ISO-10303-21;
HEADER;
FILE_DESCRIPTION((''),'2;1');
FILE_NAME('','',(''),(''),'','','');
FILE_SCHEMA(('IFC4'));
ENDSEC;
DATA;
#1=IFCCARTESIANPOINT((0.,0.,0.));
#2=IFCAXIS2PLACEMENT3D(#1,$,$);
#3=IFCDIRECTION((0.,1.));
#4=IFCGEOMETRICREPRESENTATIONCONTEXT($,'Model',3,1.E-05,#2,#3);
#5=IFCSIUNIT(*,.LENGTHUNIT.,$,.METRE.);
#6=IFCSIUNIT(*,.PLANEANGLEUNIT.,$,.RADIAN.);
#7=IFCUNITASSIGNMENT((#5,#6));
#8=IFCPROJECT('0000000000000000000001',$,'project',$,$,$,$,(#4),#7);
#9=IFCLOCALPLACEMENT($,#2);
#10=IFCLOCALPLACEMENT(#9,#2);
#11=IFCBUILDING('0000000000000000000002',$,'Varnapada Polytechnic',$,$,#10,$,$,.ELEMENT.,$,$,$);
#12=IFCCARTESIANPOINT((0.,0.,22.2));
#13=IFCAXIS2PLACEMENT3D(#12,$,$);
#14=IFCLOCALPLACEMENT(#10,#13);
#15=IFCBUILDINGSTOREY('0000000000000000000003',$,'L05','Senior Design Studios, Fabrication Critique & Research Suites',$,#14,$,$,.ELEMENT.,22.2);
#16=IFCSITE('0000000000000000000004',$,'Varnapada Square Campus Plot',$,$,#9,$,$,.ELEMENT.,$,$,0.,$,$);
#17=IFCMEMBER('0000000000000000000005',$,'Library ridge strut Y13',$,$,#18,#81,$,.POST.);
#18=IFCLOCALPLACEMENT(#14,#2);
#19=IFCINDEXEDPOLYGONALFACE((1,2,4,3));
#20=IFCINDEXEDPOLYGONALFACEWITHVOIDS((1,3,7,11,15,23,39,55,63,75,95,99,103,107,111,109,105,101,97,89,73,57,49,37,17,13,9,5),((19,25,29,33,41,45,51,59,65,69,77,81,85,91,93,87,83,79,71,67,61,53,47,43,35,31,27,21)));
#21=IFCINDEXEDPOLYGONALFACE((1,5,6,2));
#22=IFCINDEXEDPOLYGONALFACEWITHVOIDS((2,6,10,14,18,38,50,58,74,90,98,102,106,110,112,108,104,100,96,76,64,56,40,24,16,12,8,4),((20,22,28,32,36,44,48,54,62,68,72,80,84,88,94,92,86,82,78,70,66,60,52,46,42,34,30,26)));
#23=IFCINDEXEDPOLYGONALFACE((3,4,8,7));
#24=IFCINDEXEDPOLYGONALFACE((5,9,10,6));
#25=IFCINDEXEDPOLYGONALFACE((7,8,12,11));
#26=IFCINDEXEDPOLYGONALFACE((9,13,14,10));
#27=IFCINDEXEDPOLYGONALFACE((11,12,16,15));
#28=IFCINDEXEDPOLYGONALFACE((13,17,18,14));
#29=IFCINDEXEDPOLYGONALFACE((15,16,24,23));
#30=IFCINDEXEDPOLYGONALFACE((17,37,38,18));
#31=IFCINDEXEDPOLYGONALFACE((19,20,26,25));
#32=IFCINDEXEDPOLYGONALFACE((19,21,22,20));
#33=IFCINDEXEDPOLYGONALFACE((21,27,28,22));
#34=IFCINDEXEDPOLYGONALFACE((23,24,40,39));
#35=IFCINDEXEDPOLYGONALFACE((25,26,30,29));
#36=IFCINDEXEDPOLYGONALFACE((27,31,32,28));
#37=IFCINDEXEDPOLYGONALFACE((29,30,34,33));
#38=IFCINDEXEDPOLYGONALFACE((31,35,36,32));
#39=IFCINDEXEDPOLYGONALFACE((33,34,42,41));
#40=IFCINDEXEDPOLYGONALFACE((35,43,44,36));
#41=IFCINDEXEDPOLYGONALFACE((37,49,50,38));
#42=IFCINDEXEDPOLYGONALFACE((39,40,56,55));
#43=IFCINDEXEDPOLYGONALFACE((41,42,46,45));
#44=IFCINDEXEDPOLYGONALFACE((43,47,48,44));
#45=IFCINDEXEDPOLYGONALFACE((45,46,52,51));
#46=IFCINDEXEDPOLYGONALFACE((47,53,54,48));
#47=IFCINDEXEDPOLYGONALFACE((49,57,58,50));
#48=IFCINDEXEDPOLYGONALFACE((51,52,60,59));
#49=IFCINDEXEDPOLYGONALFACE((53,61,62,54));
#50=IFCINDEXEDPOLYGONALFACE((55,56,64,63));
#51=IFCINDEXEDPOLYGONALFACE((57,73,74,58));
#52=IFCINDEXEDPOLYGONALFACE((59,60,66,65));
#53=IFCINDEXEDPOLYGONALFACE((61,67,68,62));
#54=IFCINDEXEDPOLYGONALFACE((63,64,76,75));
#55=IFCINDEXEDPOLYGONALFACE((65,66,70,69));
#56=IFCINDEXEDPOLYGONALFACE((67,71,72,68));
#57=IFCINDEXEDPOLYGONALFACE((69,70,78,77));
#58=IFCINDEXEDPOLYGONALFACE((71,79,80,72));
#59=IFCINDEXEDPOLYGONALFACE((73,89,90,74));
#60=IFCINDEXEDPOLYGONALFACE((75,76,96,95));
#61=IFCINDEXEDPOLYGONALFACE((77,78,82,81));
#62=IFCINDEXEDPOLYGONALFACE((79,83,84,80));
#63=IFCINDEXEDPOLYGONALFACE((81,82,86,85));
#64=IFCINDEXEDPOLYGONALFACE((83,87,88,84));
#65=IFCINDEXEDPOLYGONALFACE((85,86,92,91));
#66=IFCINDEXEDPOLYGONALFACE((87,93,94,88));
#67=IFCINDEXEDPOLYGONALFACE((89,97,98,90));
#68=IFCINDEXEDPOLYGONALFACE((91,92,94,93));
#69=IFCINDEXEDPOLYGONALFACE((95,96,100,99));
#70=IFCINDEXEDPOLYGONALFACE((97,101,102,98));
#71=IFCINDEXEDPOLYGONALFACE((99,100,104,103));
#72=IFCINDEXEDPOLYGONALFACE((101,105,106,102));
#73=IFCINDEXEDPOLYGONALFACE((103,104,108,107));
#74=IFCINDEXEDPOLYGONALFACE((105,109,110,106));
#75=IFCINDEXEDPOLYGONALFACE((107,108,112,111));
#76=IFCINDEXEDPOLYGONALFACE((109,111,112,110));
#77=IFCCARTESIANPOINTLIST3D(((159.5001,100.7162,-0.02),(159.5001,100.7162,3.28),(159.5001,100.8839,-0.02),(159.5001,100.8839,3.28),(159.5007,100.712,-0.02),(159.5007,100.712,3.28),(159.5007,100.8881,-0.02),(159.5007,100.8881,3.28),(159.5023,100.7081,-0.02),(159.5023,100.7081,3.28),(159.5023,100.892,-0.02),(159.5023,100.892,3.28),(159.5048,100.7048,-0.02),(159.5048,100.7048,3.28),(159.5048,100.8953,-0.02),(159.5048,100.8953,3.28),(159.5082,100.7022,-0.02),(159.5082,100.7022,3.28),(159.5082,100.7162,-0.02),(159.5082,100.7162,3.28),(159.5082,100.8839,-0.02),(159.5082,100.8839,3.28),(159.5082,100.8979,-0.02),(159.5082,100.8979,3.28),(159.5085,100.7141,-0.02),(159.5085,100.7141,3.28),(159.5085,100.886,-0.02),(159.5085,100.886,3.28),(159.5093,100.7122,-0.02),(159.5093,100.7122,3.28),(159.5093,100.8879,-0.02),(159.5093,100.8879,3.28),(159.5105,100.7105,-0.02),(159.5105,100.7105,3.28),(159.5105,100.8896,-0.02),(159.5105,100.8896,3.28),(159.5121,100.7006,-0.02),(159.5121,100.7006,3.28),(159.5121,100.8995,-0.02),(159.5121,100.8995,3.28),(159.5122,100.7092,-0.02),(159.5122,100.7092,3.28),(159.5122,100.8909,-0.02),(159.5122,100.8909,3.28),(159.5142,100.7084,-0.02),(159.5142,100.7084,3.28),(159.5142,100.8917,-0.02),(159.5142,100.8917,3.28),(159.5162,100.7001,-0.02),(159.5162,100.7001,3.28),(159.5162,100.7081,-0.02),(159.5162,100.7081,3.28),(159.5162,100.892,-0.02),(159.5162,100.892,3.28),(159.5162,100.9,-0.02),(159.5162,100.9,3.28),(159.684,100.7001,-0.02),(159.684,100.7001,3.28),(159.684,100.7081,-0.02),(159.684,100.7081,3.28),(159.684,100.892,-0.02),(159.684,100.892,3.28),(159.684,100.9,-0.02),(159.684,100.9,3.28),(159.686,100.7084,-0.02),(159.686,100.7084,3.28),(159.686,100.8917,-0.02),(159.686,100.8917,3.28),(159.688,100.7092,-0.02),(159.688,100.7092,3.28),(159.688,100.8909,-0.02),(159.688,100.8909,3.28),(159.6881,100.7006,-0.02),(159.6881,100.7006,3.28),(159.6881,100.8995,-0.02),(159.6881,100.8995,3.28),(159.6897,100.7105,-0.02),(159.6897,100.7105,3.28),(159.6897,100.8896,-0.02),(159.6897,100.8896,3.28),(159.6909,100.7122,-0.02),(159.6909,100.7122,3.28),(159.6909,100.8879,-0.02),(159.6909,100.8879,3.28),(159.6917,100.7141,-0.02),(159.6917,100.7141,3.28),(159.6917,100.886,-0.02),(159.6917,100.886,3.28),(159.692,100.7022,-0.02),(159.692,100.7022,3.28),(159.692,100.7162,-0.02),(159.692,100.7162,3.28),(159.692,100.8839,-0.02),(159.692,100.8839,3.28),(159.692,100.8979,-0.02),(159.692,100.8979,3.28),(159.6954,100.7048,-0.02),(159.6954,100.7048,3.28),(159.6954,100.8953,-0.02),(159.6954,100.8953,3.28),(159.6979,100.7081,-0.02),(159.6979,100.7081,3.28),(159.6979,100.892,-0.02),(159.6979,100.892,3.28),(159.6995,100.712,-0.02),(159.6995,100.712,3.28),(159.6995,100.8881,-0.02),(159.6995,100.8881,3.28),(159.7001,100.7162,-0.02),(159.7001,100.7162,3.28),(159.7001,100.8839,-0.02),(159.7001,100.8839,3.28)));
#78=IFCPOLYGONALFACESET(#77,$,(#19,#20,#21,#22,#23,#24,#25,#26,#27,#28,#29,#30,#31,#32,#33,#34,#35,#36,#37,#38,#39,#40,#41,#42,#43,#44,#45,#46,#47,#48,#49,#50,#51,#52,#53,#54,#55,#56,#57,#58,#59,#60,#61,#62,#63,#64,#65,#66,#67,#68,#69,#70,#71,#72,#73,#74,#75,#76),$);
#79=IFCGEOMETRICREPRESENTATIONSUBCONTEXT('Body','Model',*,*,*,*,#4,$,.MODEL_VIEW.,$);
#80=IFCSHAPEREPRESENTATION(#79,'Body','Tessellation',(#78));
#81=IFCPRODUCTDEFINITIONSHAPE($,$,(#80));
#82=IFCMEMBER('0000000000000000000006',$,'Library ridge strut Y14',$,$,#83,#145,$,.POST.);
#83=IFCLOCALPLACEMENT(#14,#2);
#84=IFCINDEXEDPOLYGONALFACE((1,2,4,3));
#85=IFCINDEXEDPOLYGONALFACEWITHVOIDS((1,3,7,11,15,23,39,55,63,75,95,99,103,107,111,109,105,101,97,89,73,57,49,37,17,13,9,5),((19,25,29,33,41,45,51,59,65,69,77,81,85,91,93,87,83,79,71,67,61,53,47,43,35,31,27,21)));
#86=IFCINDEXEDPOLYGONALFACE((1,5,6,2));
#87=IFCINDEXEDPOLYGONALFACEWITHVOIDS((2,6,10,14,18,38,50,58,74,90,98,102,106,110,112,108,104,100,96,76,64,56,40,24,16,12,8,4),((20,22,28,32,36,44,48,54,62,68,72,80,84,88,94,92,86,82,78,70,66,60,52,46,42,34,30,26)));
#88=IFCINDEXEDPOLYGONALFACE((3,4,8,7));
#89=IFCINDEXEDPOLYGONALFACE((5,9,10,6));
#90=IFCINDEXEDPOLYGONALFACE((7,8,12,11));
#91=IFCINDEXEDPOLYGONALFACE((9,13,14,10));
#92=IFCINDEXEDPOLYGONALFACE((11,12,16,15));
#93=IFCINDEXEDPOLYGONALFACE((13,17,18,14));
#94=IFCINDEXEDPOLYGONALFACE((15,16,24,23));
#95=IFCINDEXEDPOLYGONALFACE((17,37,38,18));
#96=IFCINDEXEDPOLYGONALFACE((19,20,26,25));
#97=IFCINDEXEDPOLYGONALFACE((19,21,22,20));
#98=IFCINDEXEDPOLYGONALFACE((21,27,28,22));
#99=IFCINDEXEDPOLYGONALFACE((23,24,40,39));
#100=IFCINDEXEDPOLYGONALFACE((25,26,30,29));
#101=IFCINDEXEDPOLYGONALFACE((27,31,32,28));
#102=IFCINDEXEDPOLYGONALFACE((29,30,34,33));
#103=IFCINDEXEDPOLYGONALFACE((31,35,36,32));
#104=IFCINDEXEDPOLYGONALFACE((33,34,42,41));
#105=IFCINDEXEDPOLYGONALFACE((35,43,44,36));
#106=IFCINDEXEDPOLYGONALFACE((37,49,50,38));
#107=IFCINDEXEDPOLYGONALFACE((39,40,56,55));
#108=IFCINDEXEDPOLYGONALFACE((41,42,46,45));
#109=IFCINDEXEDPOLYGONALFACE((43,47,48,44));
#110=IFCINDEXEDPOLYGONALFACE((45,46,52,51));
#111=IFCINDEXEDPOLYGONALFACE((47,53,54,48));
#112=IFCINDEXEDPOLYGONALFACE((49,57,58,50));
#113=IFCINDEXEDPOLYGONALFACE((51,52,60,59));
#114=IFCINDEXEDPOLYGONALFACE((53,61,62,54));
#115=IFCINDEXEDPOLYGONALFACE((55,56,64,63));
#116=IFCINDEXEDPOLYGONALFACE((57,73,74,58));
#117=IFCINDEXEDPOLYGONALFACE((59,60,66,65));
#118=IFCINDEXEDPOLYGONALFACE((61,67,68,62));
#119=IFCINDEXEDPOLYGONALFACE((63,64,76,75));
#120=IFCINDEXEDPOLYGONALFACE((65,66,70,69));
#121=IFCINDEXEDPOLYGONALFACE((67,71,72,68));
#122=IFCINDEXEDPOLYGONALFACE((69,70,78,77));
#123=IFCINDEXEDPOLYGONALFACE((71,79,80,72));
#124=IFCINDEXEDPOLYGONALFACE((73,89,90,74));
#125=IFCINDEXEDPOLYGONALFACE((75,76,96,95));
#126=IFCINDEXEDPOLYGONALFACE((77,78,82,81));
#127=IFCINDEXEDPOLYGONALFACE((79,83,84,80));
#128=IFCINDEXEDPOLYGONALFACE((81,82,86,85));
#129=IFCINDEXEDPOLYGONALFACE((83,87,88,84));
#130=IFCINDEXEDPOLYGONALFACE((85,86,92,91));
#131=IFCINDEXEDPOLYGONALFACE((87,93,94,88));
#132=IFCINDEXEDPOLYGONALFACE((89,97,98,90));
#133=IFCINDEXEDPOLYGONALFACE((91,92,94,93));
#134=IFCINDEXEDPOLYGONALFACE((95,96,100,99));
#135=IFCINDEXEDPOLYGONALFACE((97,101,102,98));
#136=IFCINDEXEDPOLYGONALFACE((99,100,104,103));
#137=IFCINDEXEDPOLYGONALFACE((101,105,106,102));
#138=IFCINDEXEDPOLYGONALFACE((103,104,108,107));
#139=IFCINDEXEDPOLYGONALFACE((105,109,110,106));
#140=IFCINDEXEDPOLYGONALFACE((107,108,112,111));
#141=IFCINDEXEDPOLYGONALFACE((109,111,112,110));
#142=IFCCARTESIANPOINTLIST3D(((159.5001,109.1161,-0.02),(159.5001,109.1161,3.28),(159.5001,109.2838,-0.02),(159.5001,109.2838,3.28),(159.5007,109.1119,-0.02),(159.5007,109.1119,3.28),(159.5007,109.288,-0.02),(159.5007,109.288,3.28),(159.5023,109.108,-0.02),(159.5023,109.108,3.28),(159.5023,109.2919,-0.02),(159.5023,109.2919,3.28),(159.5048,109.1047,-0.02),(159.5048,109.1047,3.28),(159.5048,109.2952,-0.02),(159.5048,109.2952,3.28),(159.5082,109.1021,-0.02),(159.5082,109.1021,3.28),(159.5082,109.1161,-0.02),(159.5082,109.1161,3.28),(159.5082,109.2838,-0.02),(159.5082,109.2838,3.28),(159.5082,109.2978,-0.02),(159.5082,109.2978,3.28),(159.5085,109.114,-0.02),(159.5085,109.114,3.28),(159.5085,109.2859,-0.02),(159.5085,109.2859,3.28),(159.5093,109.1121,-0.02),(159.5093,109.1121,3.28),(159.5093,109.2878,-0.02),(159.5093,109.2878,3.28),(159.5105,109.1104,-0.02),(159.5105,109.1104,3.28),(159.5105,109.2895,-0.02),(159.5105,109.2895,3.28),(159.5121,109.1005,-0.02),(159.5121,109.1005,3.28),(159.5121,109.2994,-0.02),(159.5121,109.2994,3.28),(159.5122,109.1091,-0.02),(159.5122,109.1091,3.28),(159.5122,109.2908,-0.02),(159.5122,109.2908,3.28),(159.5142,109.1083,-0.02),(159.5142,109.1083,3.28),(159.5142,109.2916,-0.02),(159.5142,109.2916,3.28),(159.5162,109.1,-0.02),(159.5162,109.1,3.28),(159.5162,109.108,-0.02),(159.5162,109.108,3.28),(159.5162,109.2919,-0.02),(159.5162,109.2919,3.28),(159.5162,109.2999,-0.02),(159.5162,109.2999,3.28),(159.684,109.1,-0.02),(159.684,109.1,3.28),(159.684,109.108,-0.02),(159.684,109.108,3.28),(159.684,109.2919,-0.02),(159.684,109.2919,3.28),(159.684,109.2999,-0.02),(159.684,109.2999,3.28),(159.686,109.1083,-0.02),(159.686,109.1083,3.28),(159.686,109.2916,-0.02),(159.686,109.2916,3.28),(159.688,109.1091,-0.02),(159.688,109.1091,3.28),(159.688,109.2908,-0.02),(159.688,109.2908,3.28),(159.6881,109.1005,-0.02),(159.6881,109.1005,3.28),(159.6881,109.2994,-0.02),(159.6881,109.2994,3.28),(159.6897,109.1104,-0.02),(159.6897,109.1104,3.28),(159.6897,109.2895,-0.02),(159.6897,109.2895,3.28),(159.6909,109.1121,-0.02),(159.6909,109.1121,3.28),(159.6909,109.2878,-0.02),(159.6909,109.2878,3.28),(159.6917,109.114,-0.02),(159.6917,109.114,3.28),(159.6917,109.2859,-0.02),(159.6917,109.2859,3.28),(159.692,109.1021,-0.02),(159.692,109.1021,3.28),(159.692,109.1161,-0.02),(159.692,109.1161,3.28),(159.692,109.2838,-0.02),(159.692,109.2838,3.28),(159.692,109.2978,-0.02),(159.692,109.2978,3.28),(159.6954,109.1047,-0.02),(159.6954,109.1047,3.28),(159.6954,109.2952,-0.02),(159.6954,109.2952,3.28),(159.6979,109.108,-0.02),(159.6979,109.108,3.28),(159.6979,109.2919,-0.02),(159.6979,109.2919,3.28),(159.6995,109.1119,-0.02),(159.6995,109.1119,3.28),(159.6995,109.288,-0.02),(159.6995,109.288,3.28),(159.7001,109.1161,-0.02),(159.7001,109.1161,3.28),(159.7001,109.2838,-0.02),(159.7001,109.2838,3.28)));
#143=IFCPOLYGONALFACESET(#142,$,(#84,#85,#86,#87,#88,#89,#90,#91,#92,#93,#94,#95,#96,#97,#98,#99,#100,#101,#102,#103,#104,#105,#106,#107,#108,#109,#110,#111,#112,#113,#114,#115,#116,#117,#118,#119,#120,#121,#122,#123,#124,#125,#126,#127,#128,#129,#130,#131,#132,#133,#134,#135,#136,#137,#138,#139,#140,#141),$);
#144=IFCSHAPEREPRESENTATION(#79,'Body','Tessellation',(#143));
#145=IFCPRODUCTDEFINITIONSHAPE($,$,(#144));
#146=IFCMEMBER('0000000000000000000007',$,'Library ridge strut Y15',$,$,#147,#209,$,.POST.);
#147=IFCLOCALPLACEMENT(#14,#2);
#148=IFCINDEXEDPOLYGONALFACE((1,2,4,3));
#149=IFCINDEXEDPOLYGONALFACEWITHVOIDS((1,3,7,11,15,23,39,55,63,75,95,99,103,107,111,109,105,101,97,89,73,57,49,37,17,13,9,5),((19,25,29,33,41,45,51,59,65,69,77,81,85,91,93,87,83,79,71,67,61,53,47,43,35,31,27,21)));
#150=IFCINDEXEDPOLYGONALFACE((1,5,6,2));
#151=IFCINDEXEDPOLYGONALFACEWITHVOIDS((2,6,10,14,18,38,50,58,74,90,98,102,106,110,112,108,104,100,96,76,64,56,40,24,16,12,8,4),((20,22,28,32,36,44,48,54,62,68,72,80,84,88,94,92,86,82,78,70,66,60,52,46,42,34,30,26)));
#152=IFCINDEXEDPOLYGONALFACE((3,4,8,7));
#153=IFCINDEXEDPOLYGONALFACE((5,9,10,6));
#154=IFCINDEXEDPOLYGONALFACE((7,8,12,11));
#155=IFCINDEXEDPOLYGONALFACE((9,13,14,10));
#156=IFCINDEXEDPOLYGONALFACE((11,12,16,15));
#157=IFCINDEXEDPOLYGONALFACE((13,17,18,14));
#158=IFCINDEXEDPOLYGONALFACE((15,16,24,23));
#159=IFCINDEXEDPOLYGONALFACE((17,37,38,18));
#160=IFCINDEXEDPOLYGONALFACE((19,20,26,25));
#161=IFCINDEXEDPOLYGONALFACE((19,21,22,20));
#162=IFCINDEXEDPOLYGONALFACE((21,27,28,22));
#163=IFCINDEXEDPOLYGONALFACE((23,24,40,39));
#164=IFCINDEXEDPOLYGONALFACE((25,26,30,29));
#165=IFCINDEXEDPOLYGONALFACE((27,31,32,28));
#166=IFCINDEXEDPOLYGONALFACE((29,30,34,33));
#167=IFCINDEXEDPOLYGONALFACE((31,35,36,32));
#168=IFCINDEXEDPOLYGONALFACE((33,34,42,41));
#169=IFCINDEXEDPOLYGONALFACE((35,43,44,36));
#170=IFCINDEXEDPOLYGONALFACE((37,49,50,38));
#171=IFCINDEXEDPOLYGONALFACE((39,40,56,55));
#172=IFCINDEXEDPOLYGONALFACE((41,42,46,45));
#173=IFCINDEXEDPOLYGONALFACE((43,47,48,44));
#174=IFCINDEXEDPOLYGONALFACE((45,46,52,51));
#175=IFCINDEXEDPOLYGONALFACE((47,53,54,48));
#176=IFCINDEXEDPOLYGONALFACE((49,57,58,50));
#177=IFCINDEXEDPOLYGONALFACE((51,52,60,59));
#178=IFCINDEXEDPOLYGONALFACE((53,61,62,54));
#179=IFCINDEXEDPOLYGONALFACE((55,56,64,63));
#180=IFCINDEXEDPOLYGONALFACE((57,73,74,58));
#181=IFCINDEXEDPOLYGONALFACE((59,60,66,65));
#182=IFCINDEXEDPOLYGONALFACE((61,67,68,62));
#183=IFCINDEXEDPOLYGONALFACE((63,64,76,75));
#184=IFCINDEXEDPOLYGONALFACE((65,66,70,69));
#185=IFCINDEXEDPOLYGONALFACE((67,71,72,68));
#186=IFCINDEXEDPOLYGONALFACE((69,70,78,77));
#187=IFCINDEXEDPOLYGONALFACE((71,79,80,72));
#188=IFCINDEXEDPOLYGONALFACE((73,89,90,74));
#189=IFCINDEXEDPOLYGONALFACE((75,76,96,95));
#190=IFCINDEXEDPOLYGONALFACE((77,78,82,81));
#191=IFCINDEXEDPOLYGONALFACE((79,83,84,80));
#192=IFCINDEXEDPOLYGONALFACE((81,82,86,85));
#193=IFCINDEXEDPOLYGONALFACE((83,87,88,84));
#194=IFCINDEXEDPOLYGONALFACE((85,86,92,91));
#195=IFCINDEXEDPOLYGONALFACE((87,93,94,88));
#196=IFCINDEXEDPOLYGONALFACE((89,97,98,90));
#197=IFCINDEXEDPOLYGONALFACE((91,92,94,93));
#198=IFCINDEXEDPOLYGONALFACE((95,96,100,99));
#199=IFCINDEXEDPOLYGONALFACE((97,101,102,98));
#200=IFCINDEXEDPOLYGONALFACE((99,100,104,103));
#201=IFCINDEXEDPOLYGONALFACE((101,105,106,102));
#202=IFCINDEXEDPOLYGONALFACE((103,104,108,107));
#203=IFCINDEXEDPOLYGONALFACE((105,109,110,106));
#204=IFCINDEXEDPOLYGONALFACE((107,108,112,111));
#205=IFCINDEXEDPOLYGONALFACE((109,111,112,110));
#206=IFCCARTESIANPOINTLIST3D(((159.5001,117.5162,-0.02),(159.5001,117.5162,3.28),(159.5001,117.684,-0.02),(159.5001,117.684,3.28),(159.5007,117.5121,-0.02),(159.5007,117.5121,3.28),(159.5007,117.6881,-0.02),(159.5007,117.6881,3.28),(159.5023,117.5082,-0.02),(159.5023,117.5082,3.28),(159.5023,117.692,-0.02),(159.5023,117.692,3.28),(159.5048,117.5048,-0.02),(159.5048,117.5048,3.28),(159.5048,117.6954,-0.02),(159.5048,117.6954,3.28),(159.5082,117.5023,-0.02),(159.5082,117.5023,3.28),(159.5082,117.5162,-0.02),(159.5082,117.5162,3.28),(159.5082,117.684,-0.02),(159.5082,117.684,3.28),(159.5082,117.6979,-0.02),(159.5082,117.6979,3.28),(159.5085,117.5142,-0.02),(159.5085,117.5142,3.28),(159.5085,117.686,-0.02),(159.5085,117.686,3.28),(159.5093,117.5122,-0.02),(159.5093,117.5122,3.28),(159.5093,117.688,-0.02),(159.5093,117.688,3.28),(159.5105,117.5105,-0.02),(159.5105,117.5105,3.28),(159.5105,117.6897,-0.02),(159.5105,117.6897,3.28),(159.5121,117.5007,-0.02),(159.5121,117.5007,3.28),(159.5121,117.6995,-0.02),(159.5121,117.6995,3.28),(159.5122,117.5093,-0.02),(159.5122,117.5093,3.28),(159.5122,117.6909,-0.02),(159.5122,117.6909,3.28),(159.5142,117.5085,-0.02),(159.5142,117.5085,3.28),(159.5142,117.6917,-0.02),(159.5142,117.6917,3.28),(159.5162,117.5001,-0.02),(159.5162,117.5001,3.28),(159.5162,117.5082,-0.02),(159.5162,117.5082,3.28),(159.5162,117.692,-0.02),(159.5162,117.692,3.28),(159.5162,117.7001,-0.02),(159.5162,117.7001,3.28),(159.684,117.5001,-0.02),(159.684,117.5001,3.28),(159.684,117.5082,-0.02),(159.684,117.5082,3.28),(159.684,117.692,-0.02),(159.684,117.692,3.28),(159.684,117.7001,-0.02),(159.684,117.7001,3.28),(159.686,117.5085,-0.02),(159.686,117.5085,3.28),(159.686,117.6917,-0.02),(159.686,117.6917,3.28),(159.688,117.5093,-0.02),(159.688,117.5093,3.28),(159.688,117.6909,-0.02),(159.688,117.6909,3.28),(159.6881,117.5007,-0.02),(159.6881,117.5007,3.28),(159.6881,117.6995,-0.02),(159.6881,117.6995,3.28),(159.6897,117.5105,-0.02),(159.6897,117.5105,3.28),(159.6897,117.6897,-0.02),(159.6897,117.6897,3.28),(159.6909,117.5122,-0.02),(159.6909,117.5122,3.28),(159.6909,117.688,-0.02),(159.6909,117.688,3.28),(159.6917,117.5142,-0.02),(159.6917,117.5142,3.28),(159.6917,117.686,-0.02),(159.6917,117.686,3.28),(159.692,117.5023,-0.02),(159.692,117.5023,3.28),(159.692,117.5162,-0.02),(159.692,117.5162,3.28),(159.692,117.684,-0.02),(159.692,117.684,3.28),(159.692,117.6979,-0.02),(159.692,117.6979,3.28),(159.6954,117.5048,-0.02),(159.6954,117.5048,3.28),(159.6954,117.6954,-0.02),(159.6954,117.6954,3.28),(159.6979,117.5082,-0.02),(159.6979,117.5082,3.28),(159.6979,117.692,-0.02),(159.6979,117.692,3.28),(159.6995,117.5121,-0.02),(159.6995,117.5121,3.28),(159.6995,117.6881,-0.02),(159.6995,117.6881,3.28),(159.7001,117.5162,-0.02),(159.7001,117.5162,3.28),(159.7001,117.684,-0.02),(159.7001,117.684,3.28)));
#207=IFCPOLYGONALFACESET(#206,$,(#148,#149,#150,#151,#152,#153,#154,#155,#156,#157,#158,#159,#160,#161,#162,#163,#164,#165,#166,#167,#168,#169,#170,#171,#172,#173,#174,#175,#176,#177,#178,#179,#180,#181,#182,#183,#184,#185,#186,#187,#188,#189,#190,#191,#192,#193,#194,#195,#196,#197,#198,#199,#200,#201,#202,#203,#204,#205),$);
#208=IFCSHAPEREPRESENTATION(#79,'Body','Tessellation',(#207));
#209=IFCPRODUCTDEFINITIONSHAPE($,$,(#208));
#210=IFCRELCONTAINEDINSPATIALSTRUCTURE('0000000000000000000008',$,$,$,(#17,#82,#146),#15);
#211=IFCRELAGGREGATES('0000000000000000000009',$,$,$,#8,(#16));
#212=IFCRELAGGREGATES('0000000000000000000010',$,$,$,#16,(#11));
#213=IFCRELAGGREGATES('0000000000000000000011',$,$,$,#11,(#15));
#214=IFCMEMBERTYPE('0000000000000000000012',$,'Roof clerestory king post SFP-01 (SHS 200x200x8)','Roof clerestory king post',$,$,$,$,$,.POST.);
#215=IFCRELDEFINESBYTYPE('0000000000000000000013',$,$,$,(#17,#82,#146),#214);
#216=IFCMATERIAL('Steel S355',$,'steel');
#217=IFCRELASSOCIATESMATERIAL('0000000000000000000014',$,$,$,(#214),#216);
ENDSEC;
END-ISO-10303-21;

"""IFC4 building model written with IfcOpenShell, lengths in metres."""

from ifc_helpers import new_model, si_unit, direction, frame, origin, origin_2d, place, context, subcontext, project, spatial, hollow_rectangle, extrude, material, material_profile, profile_set, type_object, element, save


model = new_model("IFC4")

# Units and contexts
model_context = context("Model", 3, precision=1e-05, world=origin(), true_north=direction((0.0, 1.0)))
body_context = subcontext(model_context, "Body", "Model", "MODEL_VIEW")
ifc_project = project(units=[si_unit("LENGTHUNIT", "METRE"), si_unit("PLANEANGLEUNIT", "RADIAN")], contexts=[model_context])

# Site, building, storey
site_placement = place(None, origin())
site = spatial("IfcSite", under=ifc_project, at=site_placement, Name="Varnapada Square Campus Plot", CompositionType="ELEMENT", RefElevation=0.0)
building_placement = place(site_placement, origin())
building = spatial("IfcBuilding", under=site, at=building_placement, Name="Varnapada Polytechnic", CompositionType="ELEMENT")
storey_placement = place(building_placement, frame((0.0, 0.0, 22.2)))
storey = spatial("IfcBuildingStorey", under=building, at=storey_placement, Name="L05", Description="Senior Design Studios, Fabrication Critique & Research Suites", CompositionType="ELEMENT", Elevation=22.2)

# Shared definitions
ifc_material_1 = material(Name="Steel S355", Category="steel")

# Members
ifc_material_profile_1 = material_profile(ifc_material_1, hollow_rectangle(XDim=0.2, YDim=0.2, WallThickness=0.0081, InnerFilletRadius=0.0081, OuterFilletRadius=0.0161, at=origin_2d()), Name="SHS 200x200x8")
ifc_profile_set_1 = profile_set([ifc_material_profile_1], Name="Steel S355")
member_type = type_object("IfcMemberType", Name="Roof clerestory king post SFP-01 (SHS 200x200x8)", Description="Roof clerestory king post", PredefinedType="POST", material=ifc_profile_set_1)
for number, where, z_axis, x_axis, name in (
    (1, (159.6001, 100.8, -0.02), (0.0, 0.0, 1.0), (1.0, 0.0, 0.0), "Library ridge strut Y13"),
    (2, (159.6001, 109.2, -0.02), (0.0, 0.0, 1.0), (1.0, 0.0, 0.0), "Library ridge strut Y14"),
    (3, (159.6001, 117.6001, -0.02), (0.0, 0.0, 1.0), (1.0, 0.0, 0.0), "Library ridge strut Y15"),
):
    element("IfcMember", number, at=place(storey_placement, frame(where, z_axis=z_axis, x_axis=x_axis)), inside=storey, type_object=member_type, Name=name, PredefinedType="POST", context=body_context, shape_type="SweptSolid", body=[
        extrude(hollow_rectangle(XDim=0.2, YDim=0.2, WallThickness=0.0081, InnerFilletRadius=0.0081, OuterFilletRadius=0.0161, at=origin_2d()), origin(), (0.0, 0.0, 1.0), 3.3),
    ])

save(model, "model.ifc")
